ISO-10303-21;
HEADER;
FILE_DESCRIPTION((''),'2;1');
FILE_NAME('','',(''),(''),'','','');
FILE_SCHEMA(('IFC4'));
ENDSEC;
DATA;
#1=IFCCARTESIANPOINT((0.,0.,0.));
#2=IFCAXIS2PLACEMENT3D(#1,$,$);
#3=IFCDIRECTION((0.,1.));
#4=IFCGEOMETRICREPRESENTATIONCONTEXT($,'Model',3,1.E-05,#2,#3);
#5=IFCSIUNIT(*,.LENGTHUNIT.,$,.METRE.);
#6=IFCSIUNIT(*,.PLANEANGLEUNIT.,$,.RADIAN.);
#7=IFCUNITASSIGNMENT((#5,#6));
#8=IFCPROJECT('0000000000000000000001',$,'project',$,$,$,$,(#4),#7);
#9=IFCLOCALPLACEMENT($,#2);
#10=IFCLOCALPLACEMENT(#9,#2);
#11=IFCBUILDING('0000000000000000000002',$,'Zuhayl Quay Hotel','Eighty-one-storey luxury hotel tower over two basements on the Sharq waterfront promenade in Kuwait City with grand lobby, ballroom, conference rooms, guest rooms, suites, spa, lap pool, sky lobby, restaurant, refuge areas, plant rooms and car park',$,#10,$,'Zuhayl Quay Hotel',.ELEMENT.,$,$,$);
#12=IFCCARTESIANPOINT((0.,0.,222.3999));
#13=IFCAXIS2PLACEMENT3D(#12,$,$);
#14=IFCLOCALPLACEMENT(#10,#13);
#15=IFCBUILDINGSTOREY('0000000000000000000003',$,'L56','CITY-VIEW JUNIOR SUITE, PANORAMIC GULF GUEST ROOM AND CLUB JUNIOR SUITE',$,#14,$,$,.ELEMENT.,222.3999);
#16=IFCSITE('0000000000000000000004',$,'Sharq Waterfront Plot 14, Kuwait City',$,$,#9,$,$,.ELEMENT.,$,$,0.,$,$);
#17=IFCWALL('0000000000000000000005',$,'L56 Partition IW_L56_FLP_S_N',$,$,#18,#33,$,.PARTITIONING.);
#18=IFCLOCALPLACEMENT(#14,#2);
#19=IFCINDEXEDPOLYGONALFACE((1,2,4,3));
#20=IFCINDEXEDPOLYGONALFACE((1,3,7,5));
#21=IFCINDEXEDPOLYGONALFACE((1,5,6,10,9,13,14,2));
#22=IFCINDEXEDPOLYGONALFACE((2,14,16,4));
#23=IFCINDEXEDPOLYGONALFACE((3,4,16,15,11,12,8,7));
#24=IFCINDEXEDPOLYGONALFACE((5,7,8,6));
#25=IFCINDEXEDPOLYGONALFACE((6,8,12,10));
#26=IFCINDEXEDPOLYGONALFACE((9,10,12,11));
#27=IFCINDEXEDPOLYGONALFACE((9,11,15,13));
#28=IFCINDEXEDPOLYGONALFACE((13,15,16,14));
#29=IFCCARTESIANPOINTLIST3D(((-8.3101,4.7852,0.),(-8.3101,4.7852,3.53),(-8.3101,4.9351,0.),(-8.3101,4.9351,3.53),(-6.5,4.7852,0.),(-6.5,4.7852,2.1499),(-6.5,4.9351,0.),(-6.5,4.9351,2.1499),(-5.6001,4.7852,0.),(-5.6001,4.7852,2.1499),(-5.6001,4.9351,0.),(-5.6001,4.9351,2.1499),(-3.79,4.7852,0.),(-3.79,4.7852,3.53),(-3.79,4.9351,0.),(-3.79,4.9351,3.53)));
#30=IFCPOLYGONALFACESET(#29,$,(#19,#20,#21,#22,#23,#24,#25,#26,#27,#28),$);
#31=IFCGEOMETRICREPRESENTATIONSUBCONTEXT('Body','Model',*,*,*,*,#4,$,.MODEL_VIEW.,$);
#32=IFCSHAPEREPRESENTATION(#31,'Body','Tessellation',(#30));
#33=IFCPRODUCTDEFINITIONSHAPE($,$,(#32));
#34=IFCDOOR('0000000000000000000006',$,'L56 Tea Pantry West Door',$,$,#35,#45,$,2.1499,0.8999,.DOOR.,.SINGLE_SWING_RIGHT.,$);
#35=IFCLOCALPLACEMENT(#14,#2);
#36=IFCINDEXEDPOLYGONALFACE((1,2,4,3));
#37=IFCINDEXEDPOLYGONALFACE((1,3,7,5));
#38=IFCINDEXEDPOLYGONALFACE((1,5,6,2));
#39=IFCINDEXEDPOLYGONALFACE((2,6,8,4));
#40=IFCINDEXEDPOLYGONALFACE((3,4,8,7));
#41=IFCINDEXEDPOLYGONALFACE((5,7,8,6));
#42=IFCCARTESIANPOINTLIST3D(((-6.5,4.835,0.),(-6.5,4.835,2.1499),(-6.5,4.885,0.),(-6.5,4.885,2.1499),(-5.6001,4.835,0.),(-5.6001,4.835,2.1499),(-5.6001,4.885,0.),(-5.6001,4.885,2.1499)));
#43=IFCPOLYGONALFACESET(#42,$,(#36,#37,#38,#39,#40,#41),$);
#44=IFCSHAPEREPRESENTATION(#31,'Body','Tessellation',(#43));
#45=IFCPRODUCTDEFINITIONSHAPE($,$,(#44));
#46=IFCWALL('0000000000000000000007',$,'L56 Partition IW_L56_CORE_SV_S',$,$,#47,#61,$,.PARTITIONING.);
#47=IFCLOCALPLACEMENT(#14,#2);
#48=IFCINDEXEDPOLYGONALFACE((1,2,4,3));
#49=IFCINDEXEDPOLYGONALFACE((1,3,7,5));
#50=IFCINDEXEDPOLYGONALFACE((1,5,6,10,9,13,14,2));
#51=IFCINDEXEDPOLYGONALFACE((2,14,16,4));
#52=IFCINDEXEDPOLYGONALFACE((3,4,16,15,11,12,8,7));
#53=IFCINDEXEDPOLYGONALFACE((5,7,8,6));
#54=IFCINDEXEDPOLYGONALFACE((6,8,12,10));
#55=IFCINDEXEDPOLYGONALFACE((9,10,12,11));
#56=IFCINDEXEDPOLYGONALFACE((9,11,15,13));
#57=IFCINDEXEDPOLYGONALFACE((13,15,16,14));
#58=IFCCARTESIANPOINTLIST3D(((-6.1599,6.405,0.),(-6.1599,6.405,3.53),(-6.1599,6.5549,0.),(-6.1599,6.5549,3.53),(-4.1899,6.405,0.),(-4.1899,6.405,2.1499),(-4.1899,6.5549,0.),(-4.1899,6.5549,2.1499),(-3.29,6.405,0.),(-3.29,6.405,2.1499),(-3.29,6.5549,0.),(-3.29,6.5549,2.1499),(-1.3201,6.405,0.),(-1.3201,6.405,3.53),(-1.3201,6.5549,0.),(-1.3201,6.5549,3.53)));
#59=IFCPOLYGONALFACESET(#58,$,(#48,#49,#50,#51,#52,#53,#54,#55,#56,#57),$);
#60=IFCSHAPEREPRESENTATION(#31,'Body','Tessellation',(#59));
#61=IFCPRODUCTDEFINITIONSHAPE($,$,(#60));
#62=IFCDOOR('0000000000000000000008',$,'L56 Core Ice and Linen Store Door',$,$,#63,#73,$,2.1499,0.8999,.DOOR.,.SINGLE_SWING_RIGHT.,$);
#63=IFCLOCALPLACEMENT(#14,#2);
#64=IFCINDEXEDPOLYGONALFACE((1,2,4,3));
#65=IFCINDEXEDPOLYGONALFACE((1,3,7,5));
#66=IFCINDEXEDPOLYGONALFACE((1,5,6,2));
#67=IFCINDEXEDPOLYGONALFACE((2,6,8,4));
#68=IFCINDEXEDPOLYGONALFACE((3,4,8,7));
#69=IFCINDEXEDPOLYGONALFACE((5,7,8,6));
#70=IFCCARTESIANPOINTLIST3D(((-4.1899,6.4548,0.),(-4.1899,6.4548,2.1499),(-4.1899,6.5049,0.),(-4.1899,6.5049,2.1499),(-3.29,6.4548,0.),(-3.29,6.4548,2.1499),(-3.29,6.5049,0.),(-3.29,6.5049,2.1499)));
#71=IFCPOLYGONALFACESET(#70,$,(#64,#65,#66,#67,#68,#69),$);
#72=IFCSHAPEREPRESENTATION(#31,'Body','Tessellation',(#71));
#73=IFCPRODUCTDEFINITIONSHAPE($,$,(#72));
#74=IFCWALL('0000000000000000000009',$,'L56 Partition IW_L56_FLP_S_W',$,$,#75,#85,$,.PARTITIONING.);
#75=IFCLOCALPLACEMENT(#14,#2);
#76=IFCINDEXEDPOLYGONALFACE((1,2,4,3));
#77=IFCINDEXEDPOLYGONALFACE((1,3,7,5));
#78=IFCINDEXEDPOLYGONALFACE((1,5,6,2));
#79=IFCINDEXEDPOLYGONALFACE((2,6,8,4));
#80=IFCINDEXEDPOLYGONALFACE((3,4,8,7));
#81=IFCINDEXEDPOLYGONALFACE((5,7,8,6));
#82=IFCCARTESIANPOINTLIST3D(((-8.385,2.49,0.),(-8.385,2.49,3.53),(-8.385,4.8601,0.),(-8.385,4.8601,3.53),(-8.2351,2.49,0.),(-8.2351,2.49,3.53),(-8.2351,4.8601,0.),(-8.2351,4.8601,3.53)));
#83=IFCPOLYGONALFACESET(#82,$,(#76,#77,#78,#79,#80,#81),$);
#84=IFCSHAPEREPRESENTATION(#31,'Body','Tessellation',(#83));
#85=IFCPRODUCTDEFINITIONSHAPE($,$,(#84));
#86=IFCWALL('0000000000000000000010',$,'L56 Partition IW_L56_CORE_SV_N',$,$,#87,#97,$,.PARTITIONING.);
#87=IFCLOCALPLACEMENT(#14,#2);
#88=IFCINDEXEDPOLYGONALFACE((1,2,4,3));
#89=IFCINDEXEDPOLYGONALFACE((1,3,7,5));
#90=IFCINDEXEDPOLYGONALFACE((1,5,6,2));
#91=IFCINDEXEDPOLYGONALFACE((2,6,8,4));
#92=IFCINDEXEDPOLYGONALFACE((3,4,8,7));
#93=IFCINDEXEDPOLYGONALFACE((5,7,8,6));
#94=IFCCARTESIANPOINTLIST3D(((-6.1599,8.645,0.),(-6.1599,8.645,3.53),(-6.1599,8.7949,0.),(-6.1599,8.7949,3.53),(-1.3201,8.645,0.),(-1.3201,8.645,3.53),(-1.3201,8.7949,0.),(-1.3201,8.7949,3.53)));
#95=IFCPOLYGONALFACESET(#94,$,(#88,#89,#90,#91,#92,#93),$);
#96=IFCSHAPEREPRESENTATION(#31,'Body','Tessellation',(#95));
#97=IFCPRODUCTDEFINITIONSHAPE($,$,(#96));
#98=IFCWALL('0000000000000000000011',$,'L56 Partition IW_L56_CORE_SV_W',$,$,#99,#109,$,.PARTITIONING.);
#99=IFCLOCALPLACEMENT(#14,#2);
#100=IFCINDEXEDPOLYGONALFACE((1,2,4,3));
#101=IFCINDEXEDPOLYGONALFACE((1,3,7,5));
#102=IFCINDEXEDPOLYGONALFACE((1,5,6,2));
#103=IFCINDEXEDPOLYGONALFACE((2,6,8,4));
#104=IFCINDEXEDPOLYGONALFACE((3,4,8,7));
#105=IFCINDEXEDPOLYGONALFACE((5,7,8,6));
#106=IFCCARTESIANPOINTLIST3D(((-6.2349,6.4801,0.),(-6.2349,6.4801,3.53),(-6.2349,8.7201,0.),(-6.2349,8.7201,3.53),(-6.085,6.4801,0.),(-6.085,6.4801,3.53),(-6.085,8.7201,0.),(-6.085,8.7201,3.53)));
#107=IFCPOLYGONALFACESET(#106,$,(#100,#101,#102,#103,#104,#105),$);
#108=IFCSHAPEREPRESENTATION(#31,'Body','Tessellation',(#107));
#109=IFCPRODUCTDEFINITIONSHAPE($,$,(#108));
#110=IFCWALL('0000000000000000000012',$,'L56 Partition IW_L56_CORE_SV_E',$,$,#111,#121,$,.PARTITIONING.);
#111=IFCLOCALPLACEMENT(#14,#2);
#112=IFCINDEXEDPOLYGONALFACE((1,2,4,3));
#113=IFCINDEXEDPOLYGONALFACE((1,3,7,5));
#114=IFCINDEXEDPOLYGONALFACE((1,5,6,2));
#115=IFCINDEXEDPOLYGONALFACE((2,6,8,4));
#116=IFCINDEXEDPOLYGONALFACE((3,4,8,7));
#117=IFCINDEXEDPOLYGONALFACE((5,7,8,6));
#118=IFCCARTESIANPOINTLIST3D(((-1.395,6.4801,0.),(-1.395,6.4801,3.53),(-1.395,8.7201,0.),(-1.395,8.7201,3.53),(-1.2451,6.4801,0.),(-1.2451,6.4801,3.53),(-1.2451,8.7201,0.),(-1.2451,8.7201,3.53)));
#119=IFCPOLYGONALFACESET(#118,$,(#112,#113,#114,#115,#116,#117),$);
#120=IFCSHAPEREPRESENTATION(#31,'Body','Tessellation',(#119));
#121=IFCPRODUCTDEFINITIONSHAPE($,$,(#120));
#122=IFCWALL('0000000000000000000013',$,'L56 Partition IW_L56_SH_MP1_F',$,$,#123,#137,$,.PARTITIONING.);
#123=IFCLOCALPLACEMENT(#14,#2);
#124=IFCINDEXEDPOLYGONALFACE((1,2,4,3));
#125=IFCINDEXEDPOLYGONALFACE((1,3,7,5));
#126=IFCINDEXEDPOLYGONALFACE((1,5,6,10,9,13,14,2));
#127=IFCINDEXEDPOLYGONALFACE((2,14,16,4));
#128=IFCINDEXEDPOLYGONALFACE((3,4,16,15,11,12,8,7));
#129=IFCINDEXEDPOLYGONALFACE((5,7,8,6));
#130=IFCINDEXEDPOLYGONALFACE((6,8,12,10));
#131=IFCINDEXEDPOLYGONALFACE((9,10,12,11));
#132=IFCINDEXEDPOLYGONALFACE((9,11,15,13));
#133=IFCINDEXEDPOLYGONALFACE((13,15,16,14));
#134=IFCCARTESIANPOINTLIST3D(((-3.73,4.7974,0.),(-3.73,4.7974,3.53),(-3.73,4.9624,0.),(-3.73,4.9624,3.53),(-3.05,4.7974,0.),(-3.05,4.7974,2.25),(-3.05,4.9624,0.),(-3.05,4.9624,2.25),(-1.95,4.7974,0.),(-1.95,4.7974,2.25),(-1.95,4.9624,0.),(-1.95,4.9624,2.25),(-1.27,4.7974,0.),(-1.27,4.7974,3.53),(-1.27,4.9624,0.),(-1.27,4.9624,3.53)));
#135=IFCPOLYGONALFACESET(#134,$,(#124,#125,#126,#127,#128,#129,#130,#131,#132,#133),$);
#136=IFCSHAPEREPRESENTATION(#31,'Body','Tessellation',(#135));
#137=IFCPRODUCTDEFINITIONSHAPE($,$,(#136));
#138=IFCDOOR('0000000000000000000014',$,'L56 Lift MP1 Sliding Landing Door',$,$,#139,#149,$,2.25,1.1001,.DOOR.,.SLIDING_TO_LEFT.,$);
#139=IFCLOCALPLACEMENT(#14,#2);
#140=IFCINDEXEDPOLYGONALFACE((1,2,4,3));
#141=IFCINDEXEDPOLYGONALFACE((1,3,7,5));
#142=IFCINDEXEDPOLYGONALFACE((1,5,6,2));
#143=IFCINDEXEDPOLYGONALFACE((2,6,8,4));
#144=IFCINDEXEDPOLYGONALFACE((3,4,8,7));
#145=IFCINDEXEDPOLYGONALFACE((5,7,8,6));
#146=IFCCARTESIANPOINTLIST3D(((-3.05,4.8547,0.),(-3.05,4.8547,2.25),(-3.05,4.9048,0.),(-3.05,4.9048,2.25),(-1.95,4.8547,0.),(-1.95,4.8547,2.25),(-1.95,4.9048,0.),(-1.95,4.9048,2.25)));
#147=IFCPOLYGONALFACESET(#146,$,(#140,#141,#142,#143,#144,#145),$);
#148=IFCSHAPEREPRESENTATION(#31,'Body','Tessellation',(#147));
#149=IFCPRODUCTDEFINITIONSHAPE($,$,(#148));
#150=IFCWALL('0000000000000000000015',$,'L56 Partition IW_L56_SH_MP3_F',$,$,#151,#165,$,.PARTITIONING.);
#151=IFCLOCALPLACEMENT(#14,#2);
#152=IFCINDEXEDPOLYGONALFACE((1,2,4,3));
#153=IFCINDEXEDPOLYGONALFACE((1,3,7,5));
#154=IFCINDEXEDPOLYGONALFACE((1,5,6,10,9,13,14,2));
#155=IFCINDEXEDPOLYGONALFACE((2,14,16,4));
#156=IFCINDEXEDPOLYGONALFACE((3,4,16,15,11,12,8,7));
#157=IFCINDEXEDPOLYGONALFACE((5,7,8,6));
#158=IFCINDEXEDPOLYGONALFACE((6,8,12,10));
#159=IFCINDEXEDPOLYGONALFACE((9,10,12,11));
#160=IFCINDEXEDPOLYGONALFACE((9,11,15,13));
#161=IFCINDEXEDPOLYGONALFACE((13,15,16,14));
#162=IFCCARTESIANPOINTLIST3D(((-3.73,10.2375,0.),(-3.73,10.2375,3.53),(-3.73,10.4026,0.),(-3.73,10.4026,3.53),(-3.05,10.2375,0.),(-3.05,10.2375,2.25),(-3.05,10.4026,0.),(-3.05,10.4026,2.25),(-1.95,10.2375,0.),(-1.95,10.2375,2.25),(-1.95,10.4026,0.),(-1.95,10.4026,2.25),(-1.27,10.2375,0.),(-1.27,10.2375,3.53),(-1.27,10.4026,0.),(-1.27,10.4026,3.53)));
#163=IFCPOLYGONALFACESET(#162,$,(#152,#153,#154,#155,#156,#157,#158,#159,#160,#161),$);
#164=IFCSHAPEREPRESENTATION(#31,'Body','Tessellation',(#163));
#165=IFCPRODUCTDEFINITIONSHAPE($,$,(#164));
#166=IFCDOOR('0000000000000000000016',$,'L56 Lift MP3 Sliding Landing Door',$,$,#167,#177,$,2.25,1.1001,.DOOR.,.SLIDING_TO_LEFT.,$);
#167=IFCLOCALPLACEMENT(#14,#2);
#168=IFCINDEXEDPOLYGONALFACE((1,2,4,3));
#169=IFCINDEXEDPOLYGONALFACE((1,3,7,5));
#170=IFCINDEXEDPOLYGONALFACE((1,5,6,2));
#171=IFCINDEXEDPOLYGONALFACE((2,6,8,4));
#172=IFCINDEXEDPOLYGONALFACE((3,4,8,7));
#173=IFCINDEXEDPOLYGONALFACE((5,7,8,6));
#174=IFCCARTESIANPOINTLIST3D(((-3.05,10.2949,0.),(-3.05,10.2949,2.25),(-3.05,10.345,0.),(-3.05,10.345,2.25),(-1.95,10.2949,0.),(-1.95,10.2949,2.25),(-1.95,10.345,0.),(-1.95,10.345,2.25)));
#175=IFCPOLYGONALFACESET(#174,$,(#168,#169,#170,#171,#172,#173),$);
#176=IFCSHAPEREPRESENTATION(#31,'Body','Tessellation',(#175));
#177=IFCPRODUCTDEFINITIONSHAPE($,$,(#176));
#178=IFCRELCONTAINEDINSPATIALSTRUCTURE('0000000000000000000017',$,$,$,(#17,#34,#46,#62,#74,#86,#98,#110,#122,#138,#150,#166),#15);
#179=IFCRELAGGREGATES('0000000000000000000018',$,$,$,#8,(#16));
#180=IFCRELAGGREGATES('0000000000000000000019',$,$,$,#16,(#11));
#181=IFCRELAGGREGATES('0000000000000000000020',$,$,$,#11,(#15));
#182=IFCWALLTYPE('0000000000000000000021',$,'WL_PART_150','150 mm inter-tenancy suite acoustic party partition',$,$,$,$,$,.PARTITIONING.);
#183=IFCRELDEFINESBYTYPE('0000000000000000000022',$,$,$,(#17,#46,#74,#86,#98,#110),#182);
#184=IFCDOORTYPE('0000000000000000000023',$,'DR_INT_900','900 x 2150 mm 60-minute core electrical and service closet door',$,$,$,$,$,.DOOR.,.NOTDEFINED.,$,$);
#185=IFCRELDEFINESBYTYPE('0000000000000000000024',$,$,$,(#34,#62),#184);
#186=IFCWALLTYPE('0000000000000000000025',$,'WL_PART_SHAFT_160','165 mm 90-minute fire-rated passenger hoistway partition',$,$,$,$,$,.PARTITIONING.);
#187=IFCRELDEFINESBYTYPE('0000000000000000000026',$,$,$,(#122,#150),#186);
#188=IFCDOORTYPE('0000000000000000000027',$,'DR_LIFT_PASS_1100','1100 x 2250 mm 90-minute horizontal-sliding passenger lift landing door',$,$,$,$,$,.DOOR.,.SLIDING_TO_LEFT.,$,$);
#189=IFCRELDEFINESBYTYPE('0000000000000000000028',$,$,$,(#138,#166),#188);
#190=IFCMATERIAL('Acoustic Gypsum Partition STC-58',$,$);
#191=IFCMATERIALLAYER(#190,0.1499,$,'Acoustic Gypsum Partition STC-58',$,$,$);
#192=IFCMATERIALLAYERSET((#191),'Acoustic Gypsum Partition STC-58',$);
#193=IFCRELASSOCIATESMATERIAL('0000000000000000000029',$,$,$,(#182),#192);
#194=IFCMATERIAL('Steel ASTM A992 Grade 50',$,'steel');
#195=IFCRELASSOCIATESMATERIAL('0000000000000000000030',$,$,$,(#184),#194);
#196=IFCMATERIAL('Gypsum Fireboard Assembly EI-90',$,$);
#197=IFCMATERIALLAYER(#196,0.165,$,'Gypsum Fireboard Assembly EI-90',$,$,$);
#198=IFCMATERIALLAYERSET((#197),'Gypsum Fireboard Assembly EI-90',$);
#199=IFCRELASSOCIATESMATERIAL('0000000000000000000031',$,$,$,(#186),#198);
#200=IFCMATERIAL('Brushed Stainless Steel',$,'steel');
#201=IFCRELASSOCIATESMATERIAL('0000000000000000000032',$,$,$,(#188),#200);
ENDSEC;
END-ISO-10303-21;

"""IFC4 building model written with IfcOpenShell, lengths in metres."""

from ifc_helpers import new_model, si_unit, direction, frame, frame_2d, origin, place, context, subcontext, project, spatial, rectangle, extrude, material, layer, layer_set, type_object, element, fill, save


model = new_model("IFC4")

# Units and contexts
model_context = context("Model", 3, precision=1e-05, world=origin(), true_north=direction((0.0, 1.0)))
body_context = subcontext(model_context, "Body", "Model", "MODEL_VIEW")
ifc_project = project(units=[si_unit("LENGTHUNIT", "METRE"), si_unit("PLANEANGLEUNIT", "RADIAN")], contexts=[model_context])

# Site, building, storey
site_placement = place(None, origin())
site = spatial("IfcSite", under=ifc_project, at=site_placement, Name="Sharq Waterfront Plot 14, Kuwait City", CompositionType="ELEMENT", RefElevation=0.0)
building_placement = place(site_placement, origin())
building = spatial("IfcBuilding", under=site, at=building_placement, Name="Zuhayl Quay Hotel", Description="Eighty-one-storey luxury hotel tower over two basements on the Sharq waterfront promenade in Kuwait City with grand lobby, ballroom, conference rooms, guest rooms, suites, spa, lap pool, sky lobby, restaurant, refuge areas, plant rooms and car park", LongName="Zuhayl Quay Hotel", CompositionType="ELEMENT")
storey_placement = place(building_placement, frame((0.0, 0.0, 222.3999)))
storey = spatial("IfcBuildingStorey", under=building, at=storey_placement, Name="L56", Description="CITY-VIEW JUNIOR SUITE, PANORAMIC GULF GUEST ROOM AND CLUB JUNIOR SUITE", CompositionType="ELEMENT", Elevation=222.3999)

# Shared definitions
ifc_material_1 = material(Name="Steel ASTM A992 Grade 50", Category="steel")

# Walls, openings, doors
ifc_material_2 = material(Name="Acoustic Gypsum Partition STC-58")
ifc_layer_1 = layer(ifc_material_2, 0.1499, Name="Acoustic Gypsum Partition STC-58")
ifc_layer_set_1 = layer_set([ifc_layer_1], Name="Acoustic Gypsum Partition STC-58")
wall_type_1 = type_object("IfcWallType", Name="WL_PART_150", Description="150 mm inter-tenancy suite acoustic party partition", PredefinedType="PARTITIONING", material=ifc_layer_set_1)
wall_1_placement = place(storey_placement, frame((-8.3101, 4.8601, 0.0), z_axis=(0.0, 0.0, 1.0), x_axis=(1.0, 0.0, 0.0)))
wall_1 = element("IfcWall", 1, at=wall_1_placement, inside=storey, type_object=wall_type_1, Name="L56 Partition IW_L56_FLP_S_N", PredefinedType="PARTITIONING", context=body_context, shape_type="SweptSolid", body=[
    extrude(rectangle(XDim=4.52, YDim=0.1499, at=frame_2d((2.26, 0.0))), origin(), (0.0, 0.0, 1.0), 3.53),
])
opening_1_placement = place(wall_1_placement, frame((1.8101, 0.0, 0.0)))
opening_1 = element("IfcOpeningElement", 2, at=opening_1_placement, cuts=wall_1, PredefinedType="OPENING", context=body_context, shape_type="SweptSolid", body=[
    extrude(rectangle(XDim=0.8999, YDim=2.1499, at=frame_2d((0.45, 1.075))), frame((0.0, 0.085, 0.0), z_axis=(0.0, -1.0, 0.0), x_axis=(1.0, 0.0, 0.0)), (0.0, 0.0, 1.0), 0.1699),
])
door_type_1 = type_object("IfcDoorType", Name="DR_INT_900", Description="900 x 2150 mm 60-minute core electrical and service closet door", OperationType="NOTDEFINED", PredefinedType="DOOR", material=ifc_material_1)
door_1_placement = place(opening_1_placement, origin())
door_1 = element("IfcDoor", 3, at=door_1_placement, inside=storey, type_object=door_type_1, Name="L56 Tea Pantry West Door", OperationType="SINGLE_SWING_RIGHT", OverallHeight=2.1499, OverallWidth=0.8999, PredefinedType="DOOR", context=body_context, shape_type="SweptSolid", body=[
    extrude(rectangle(XDim=0.8999, YDim=2.1499, at=frame_2d((0.45, 1.075))), frame((0.0, 0.0249, 0.0), z_axis=(0.0, -1.0, 0.0), x_axis=(1.0, 0.0, 0.0)), (0.0, 0.0, 1.0), 0.05),
])
fill(opening_1, door_1)
wall_2_placement = place(storey_placement, frame((-6.1599, 6.48, 0.0), z_axis=(0.0, 0.0, 1.0), x_axis=(1.0, 0.0, 0.0)))
wall_2 = element("IfcWall", 4, at=wall_2_placement, inside=storey, type_object=wall_type_1, Name="L56 Partition IW_L56_CORE_SV_S", PredefinedType="PARTITIONING", context=body_context, shape_type="SweptSolid", body=[
    extrude(rectangle(XDim=4.8398, YDim=0.1499, at=frame_2d((2.4199, 0.0))), origin(), (0.0, 0.0, 1.0), 3.53),
])
opening_2_placement = place(wall_2_placement, frame((1.97, 0.0, 0.0)))
opening_2 = element("IfcOpeningElement", 5, at=opening_2_placement, cuts=wall_2, PredefinedType="OPENING", context=body_context, shape_type="SweptSolid", body=[
    extrude(rectangle(XDim=0.8999, YDim=2.1499, at=frame_2d((0.45, 1.075))), frame((0.0, 0.085, 0.0), z_axis=(0.0, -1.0, 0.0), x_axis=(1.0, 0.0, 0.0)), (0.0, 0.0, 1.0), 0.1699),
])
door_2_placement = place(opening_2_placement, origin())
door_2 = element("IfcDoor", 6, at=door_2_placement, inside=storey, type_object=door_type_1, Name="L56 Core Ice and Linen Store Door", OperationType="SINGLE_SWING_RIGHT", OverallHeight=2.1499, OverallWidth=0.8999, PredefinedType="DOOR", context=body_context, shape_type="SweptSolid", body=[
    extrude(rectangle(XDim=0.8999, YDim=2.1499, at=frame_2d((0.45, 1.075))), frame((0.0, 0.0249, 0.0), z_axis=(0.0, -1.0, 0.0), x_axis=(1.0, 0.0, 0.0)), (0.0, 0.0, 1.0), 0.05),
])
fill(opening_2, door_2)

# Walls
wall_3_placement = place(storey_placement, frame((-8.3101, 2.49, 0.0), z_axis=(0.0, 0.0, 1.0), x_axis=(0.0, 1.0, 0.0)))
element("IfcWall", 7, at=wall_3_placement, inside=storey, type_object=wall_type_1, Name="L56 Partition IW_L56_FLP_S_W", PredefinedType="PARTITIONING", context=body_context, shape_type="SweptSolid", body=[
    extrude(rectangle(XDim=2.3701, YDim=0.1499, at=frame_2d((1.1851, 0.0))), origin(), (0.0, 0.0, 1.0), 3.53),
])
wall_4_placement = place(storey_placement, frame((-6.1599, 8.72, 0.0), z_axis=(0.0, 0.0, 1.0), x_axis=(1.0, 0.0, 0.0)))
element("IfcWall", 8, at=wall_4_placement, inside=storey, type_object=wall_type_1, Name="L56 Partition IW_L56_CORE_SV_N", PredefinedType="PARTITIONING", context=body_context, shape_type="SweptSolid", body=[
    extrude(rectangle(XDim=4.8398, YDim=0.1499, at=frame_2d((2.4199, 0.0))), origin(), (0.0, 0.0, 1.0), 3.53),
])
for number, where, z_axis, x_axis, name in (
    (9, (-6.1599, 6.48, 0.0), (0.0, 0.0, 1.0), (0.0, 1.0, 0.0), "L56 Partition IW_L56_CORE_SV_W"),
    (10, (-1.3201, 6.48, 0.0), (0.0, 0.0, 1.0), (0.0, 1.0, 0.0), "L56 Partition IW_L56_CORE_SV_E"),
):
    element("IfcWall", number, at=place(storey_placement, frame(where, z_axis=z_axis, x_axis=x_axis)), inside=storey, type_object=wall_type_1, Name=name, PredefinedType="PARTITIONING", context=body_context, shape_type="SweptSolid", body=[
        extrude(rectangle(XDim=2.24, YDim=0.1499, at=frame_2d((1.1201, 0.0))), origin(), (0.0, 0.0, 1.0), 3.53),
    ])

# Walls, openings, doors
ifc_material_3 = material(Name="Gypsum Fireboard Assembly EI-90")
ifc_layer_2 = layer(ifc_material_3, 0.165, Name="Gypsum Fireboard Assembly EI-90")
ifc_layer_set_2 = layer_set([ifc_layer_2], Name="Gypsum Fireboard Assembly EI-90")
wall_type_2 = type_object("IfcWallType", Name="WL_PART_SHAFT_160", Description="165 mm 90-minute fire-rated passenger hoistway partition", PredefinedType="PARTITIONING", material=ifc_layer_set_2)
wall_5_placement = place(storey_placement, frame((-3.73, 4.8799, 0.0), z_axis=(0.0, 0.0, 1.0), x_axis=(1.0, 0.0, 0.0)))
wall_5 = element("IfcWall", 11, at=wall_5_placement, inside=storey, type_object=wall_type_2, Name="L56 Partition IW_L56_SH_MP1_F", PredefinedType="PARTITIONING", context=body_context, shape_type="SweptSolid", body=[
    extrude(rectangle(XDim=2.46, YDim=0.165, at=frame_2d((1.23, 0.0))), origin(), (0.0, 0.0, 1.0), 3.53),
])
opening_3_placement = place(wall_5_placement, frame((0.6799, 0.0, 0.0)))
opening_3 = element("IfcOpeningElement", 12, at=opening_3_placement, cuts=wall_5, PredefinedType="OPENING", context=body_context, shape_type="SweptSolid", body=[
    extrude(rectangle(XDim=1.1001, YDim=2.25, at=frame_2d((0.55, 1.125))), frame((0.0, 0.0925, 0.0), z_axis=(0.0, -1.0, 0.0), x_axis=(1.0, 0.0, 0.0)), (0.0, 0.0, 1.0), 0.1851),
])
ifc_material_4 = material(Name="Brushed Stainless Steel", Category="steel")
door_type_2 = type_object("IfcDoorType", Name="DR_LIFT_PASS_1100", Description="1100 x 2250 mm 90-minute horizontal-sliding passenger lift landing door", OperationType="SLIDING_TO_LEFT", PredefinedType="DOOR", material=ifc_material_4)
door_3_placement = place(opening_3_placement, origin())
door_3 = element("IfcDoor", 13, at=door_3_placement, inside=storey, type_object=door_type_2, Name="L56 Lift MP1 Sliding Landing Door", OperationType="SLIDING_TO_LEFT", OverallHeight=2.25, OverallWidth=1.1001, PredefinedType="DOOR", context=body_context, shape_type="SweptSolid", body=[
    extrude(rectangle(XDim=1.1001, YDim=2.25, at=frame_2d((0.55, 1.125))), frame((0.0, 0.0249, 0.0), z_axis=(0.0, -1.0, 0.0), x_axis=(1.0, 0.0, 0.0)), (0.0, 0.0, 1.0), 0.05),
])
fill(opening_3, door_3)
wall_6_placement = place(storey_placement, frame((-3.73, 10.3201, 0.0), z_axis=(0.0, 0.0, 1.0), x_axis=(1.0, 0.0, 0.0)))
wall_6 = element("IfcWall", 14, at=wall_6_placement, inside=storey, type_object=wall_type_2, Name="L56 Partition IW_L56_SH_MP3_F", PredefinedType="PARTITIONING", context=body_context, shape_type="SweptSolid", body=[
    extrude(rectangle(XDim=2.46, YDim=0.165, at=frame_2d((1.23, 0.0))), origin(), (0.0, 0.0, 1.0), 3.53),
])
opening_4_placement = place(wall_6_placement, frame((0.6799, 0.0, 0.0)))
opening_4 = element("IfcOpeningElement", 15, at=opening_4_placement, cuts=wall_6, PredefinedType="OPENING", context=body_context, shape_type="SweptSolid", body=[
    extrude(rectangle(XDim=1.1001, YDim=2.25, at=frame_2d((0.55, 1.125))), frame((0.0, 0.0925, 0.0), z_axis=(0.0, -1.0, 0.0), x_axis=(1.0, 0.0, 0.0)), (0.0, 0.0, 1.0), 0.1851),
])
door_4_placement = place(opening_4_placement, origin())
door_4 = element("IfcDoor", 16, at=door_4_placement, inside=storey, type_object=door_type_2, Name="L56 Lift MP3 Sliding Landing Door", OperationType="SLIDING_TO_LEFT", OverallHeight=2.25, OverallWidth=1.1001, PredefinedType="DOOR", context=body_context, shape_type="SweptSolid", body=[
    extrude(rectangle(XDim=1.1001, YDim=2.25, at=frame_2d((0.55, 1.125))), frame((0.0, 0.0249, 0.0), z_axis=(0.0, -1.0, 0.0), x_axis=(1.0, 0.0, 0.0)), (0.0, 0.0, 1.0), 0.05),
])
fill(opening_4, door_4)

save(model, "model.ifc")
